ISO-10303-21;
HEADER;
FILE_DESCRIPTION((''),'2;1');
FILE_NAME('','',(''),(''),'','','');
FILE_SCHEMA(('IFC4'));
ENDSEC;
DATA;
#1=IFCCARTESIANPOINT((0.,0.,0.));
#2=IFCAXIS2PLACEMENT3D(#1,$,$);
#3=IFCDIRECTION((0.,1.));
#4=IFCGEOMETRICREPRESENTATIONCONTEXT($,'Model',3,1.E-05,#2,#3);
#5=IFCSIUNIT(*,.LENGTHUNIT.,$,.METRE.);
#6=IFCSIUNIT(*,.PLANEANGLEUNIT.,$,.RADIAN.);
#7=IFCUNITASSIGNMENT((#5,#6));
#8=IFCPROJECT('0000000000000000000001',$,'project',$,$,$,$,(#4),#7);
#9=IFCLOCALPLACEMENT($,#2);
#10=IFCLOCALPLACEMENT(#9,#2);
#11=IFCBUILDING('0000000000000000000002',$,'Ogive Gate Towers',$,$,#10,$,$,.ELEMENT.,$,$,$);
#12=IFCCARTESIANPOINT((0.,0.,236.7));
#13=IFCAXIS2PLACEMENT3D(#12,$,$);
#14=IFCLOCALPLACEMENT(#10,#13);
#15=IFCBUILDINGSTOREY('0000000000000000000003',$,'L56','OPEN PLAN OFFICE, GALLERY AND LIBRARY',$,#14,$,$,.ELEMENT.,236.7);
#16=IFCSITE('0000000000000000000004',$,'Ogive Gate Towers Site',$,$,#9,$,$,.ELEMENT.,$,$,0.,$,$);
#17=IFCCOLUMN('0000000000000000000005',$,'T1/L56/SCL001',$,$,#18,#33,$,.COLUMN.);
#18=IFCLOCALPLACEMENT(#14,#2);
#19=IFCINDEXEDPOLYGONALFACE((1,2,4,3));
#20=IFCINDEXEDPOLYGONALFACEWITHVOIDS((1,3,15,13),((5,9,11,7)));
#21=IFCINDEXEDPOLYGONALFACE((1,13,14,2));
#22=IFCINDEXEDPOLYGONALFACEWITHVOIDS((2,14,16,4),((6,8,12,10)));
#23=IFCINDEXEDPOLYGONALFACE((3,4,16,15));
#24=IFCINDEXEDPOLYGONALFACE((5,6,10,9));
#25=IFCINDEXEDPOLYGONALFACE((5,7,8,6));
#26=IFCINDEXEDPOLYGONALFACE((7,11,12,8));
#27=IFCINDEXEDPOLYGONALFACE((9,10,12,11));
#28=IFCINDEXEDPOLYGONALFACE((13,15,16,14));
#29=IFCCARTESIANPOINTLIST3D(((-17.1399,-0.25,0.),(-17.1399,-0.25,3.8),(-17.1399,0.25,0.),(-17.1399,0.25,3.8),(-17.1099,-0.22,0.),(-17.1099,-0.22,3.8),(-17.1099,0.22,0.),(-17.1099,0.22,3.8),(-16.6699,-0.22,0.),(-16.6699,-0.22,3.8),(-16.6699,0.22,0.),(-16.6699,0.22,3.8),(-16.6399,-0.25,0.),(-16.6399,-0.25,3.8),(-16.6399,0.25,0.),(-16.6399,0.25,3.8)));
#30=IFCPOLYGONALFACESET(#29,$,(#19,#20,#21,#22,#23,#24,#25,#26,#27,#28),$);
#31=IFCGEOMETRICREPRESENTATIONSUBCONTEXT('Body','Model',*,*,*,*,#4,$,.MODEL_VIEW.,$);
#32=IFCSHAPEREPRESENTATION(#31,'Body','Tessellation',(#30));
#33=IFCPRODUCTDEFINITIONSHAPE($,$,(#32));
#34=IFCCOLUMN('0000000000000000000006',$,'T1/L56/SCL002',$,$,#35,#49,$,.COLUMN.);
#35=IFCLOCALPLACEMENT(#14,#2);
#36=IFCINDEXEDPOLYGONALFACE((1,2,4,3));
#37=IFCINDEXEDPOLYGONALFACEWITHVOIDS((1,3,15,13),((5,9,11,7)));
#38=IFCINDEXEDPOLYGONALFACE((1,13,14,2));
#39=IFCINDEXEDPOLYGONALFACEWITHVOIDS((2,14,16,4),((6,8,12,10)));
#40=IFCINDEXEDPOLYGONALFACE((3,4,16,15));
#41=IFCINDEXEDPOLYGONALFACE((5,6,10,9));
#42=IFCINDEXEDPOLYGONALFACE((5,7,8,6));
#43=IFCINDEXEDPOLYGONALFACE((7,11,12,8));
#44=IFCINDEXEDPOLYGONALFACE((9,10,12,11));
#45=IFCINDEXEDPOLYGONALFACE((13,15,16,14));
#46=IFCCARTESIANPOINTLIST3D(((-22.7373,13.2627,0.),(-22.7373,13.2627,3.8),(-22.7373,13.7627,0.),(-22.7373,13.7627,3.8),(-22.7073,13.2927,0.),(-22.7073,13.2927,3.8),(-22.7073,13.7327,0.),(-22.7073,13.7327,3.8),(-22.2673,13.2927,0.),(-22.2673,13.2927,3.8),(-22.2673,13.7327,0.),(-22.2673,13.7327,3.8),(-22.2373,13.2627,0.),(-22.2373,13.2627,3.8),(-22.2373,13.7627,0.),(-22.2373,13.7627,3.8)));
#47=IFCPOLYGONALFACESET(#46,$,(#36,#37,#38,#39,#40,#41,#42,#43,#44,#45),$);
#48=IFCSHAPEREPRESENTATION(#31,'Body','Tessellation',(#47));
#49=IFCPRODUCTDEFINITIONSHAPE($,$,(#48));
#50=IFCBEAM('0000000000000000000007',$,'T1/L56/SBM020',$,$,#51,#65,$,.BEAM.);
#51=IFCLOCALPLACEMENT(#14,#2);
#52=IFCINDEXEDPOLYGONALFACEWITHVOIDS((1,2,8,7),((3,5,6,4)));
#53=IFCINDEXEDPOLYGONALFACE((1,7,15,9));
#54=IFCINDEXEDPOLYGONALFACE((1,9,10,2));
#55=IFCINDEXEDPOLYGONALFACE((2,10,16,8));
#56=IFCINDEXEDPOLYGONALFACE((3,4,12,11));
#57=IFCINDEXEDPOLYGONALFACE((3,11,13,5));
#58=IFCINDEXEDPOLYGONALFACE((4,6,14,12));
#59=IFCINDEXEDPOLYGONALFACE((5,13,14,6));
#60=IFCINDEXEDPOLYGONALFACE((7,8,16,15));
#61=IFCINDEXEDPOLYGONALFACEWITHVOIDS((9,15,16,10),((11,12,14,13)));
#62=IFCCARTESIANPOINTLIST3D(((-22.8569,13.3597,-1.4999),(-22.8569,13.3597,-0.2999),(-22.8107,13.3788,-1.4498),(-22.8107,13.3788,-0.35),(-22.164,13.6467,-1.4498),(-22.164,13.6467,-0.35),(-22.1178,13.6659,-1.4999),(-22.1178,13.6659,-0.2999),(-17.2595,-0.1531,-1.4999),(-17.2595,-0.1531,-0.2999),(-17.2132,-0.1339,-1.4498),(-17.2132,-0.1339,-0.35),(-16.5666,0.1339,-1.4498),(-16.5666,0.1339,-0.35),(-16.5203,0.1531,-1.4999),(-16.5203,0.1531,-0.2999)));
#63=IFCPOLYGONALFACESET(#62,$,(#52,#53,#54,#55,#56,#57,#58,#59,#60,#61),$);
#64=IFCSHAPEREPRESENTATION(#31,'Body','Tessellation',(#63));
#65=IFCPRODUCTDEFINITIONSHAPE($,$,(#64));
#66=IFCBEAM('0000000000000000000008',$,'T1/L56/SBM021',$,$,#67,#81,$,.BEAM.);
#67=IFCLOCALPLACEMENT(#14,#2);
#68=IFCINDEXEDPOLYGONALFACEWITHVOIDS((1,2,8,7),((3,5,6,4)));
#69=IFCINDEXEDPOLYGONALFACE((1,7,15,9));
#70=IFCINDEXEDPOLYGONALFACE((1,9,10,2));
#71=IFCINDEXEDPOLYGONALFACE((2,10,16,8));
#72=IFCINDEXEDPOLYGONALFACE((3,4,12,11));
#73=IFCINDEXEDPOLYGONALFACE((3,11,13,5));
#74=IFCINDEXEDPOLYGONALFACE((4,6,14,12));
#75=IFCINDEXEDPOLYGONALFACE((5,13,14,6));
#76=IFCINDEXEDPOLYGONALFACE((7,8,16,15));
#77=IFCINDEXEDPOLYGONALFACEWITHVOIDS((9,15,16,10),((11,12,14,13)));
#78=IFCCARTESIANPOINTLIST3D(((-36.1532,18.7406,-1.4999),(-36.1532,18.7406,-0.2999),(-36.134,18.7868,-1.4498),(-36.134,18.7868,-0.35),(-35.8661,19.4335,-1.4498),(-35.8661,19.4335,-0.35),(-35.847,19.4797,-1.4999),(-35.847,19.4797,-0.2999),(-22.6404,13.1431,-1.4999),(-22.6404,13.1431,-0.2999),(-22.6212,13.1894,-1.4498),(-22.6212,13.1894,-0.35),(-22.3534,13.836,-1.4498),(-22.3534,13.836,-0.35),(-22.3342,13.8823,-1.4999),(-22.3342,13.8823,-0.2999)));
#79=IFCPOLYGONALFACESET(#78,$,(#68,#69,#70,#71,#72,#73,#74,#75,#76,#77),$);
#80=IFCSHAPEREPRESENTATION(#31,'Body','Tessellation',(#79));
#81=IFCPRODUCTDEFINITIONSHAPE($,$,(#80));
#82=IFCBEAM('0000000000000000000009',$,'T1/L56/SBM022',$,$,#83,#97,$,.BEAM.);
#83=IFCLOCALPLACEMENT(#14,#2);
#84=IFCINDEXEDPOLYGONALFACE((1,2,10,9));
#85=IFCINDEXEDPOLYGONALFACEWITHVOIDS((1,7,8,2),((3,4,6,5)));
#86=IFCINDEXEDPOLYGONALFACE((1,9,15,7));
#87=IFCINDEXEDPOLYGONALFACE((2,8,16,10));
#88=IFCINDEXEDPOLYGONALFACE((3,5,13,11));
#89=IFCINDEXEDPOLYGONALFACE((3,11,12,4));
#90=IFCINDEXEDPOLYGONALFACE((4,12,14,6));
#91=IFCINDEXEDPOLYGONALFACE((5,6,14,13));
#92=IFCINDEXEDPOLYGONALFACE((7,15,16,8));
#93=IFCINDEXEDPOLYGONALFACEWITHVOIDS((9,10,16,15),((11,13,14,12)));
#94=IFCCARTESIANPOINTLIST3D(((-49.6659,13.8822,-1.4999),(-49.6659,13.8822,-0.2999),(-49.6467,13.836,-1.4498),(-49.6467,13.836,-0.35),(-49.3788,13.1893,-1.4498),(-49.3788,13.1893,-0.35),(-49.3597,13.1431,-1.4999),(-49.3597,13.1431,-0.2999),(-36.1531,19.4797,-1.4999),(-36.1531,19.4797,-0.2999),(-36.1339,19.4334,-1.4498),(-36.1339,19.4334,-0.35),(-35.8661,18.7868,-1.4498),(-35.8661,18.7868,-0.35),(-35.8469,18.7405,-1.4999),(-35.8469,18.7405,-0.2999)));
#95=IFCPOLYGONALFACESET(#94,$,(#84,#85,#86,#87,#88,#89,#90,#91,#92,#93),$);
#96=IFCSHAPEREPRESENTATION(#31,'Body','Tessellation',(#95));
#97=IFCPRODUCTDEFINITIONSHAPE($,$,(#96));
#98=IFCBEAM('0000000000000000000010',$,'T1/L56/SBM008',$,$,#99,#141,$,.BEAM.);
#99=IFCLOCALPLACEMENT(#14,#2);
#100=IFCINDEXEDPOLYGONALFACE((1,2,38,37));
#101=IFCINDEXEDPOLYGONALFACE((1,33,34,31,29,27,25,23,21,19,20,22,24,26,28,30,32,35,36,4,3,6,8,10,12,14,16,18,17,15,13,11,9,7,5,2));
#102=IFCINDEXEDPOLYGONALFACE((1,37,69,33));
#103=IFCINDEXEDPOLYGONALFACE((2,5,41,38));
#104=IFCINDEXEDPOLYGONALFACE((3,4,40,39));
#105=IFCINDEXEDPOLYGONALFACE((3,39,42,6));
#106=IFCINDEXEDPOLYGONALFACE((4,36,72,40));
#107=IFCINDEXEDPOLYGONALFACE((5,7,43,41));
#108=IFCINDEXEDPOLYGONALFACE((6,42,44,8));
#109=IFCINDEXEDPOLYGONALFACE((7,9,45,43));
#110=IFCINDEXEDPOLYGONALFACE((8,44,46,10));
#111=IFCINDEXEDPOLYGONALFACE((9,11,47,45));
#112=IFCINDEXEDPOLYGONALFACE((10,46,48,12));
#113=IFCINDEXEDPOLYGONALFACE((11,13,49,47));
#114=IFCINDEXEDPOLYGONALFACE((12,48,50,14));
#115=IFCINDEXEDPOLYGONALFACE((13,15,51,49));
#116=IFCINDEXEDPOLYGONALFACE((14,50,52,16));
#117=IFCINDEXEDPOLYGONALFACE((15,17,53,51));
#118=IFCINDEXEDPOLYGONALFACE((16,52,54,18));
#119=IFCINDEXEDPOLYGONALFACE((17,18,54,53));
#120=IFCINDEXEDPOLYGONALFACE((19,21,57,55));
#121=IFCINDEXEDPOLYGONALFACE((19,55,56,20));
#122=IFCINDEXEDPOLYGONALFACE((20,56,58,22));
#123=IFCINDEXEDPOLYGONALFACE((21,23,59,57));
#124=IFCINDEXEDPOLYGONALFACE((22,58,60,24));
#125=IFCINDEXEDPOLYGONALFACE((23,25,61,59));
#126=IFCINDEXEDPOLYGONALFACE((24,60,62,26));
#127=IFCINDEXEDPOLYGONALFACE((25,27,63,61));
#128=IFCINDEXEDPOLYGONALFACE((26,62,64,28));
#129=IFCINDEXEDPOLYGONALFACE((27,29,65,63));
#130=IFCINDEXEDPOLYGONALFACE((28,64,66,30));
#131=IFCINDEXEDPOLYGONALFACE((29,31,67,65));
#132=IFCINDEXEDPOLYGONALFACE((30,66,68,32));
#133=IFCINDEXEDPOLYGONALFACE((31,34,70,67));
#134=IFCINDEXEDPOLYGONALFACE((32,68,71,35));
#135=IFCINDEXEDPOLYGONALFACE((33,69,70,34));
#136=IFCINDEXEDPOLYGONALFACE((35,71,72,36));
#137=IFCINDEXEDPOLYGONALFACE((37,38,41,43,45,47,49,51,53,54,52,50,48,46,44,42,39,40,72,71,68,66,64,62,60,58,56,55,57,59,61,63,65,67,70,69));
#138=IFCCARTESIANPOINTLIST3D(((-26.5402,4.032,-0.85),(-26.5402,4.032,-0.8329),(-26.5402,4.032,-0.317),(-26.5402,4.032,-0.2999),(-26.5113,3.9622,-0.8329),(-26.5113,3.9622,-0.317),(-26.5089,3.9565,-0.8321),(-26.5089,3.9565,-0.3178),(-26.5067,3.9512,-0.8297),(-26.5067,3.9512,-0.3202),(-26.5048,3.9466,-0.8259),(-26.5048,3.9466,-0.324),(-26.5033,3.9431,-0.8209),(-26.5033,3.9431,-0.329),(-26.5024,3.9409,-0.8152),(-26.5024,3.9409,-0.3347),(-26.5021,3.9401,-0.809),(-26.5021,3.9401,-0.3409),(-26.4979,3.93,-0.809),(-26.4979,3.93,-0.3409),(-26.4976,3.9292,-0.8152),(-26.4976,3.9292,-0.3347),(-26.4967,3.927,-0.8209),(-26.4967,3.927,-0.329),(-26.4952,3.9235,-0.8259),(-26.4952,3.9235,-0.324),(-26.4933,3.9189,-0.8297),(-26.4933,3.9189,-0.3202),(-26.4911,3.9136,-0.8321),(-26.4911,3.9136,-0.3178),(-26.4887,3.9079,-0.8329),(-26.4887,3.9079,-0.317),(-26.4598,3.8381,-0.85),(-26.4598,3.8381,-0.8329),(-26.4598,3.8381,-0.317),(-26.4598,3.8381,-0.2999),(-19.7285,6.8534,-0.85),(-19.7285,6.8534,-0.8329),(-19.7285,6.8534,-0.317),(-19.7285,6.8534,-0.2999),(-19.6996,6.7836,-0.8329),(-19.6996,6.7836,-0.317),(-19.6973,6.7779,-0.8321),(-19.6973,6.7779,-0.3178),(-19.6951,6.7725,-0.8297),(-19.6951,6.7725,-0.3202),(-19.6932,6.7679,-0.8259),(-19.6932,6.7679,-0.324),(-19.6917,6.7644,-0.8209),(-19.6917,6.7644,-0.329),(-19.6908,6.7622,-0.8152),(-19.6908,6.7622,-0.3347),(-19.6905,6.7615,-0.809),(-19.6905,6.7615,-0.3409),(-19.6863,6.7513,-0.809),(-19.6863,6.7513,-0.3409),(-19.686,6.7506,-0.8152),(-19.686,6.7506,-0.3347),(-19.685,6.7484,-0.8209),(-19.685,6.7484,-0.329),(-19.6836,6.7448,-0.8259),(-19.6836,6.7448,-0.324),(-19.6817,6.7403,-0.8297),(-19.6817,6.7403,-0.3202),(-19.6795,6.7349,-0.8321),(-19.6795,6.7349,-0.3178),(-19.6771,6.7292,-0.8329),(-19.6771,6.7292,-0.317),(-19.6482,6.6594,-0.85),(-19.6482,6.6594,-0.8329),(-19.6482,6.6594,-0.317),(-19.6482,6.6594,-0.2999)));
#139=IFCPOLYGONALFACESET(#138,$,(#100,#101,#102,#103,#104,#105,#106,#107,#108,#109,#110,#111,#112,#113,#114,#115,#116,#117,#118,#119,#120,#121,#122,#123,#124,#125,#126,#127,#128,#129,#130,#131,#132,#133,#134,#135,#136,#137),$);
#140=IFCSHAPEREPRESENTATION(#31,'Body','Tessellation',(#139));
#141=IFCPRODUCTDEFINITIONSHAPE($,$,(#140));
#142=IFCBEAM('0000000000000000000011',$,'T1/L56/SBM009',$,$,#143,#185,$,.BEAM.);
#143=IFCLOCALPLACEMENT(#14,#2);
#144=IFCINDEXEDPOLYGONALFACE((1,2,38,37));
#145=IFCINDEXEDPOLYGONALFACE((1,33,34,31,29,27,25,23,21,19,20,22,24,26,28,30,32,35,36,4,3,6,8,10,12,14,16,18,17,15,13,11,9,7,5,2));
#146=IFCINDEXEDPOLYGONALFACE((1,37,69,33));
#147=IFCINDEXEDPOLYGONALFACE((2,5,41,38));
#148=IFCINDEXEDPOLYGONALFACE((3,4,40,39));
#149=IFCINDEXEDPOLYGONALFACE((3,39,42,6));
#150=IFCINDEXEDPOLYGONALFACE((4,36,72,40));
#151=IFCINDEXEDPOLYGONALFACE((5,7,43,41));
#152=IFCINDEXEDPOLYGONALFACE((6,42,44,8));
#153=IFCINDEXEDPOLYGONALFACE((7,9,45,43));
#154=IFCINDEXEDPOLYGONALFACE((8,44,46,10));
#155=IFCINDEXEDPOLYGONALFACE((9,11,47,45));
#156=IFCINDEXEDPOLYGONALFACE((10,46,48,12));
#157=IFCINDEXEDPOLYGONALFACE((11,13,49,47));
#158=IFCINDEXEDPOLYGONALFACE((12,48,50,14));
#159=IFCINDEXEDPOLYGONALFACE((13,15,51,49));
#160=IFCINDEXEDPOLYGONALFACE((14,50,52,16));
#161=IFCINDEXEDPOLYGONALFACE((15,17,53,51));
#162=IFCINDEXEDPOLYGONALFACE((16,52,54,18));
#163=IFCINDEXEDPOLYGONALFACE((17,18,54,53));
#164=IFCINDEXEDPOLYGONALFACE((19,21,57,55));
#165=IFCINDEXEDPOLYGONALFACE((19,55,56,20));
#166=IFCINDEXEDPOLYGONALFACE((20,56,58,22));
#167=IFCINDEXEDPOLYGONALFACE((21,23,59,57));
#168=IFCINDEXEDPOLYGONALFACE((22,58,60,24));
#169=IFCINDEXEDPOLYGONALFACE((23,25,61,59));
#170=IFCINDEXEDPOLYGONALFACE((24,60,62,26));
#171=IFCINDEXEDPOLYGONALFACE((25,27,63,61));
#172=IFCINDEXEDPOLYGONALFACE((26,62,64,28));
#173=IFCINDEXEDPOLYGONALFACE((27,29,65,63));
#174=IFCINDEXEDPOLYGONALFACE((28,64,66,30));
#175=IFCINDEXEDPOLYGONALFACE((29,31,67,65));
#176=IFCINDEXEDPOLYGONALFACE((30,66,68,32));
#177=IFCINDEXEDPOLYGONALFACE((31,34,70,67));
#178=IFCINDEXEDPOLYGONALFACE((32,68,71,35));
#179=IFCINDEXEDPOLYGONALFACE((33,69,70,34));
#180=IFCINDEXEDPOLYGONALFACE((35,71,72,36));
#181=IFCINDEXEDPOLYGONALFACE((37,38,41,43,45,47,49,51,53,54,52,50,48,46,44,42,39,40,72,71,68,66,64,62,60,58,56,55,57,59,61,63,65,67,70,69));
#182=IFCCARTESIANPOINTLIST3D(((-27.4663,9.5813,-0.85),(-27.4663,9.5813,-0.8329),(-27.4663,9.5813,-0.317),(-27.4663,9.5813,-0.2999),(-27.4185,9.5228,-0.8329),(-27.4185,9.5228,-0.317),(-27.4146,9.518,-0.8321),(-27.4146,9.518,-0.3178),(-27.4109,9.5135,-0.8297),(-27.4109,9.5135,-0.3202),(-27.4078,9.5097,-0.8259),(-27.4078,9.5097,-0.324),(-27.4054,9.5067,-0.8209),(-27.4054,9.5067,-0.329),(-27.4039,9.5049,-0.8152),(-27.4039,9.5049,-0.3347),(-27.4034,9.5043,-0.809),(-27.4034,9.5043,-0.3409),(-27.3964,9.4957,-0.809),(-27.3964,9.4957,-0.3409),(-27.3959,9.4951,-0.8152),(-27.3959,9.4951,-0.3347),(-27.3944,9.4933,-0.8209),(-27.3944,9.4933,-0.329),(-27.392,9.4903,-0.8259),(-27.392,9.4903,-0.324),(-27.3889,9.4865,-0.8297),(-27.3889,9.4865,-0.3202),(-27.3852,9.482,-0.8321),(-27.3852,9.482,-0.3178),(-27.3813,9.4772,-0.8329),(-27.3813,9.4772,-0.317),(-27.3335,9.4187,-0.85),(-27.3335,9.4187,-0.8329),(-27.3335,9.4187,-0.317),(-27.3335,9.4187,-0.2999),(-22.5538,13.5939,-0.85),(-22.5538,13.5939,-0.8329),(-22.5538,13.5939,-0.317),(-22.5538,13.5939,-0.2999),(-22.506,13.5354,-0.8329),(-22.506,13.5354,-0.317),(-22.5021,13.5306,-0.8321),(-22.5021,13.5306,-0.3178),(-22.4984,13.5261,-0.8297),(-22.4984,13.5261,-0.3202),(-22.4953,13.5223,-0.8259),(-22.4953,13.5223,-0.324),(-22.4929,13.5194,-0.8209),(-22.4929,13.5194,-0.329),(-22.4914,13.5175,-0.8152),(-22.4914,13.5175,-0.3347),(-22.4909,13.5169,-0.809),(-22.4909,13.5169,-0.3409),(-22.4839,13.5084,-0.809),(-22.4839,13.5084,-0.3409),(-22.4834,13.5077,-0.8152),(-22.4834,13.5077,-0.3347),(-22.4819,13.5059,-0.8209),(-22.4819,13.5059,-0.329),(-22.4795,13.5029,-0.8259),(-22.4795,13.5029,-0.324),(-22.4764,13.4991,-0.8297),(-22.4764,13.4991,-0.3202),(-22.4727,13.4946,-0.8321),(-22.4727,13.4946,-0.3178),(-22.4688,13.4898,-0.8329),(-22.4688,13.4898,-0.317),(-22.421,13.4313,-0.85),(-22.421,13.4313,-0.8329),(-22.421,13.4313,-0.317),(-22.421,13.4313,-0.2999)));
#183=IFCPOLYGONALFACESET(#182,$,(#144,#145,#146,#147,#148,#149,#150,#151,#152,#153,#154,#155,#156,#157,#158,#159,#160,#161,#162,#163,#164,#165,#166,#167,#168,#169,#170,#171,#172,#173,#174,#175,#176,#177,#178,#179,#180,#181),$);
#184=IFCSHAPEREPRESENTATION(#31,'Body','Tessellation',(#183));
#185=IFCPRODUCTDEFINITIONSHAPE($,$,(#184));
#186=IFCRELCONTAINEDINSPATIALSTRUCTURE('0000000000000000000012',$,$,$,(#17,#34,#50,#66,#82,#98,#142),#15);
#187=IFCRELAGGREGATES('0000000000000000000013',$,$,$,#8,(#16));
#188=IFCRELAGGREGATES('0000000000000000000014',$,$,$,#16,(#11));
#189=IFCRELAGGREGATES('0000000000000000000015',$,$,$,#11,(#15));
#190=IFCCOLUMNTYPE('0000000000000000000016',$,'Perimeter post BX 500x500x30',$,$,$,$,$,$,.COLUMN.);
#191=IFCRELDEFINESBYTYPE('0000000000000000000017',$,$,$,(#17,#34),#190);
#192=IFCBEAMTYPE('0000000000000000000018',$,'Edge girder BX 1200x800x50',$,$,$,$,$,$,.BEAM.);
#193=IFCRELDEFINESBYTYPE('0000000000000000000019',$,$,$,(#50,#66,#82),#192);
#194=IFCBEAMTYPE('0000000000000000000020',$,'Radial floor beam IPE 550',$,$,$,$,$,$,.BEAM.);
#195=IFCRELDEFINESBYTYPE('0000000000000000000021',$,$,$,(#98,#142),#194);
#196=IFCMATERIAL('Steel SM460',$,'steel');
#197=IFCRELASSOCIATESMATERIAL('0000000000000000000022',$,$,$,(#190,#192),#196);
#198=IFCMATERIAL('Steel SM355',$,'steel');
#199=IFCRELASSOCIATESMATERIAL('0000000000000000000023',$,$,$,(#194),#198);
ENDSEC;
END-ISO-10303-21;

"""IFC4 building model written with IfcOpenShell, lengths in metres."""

from ifc_helpers import new_model, si_unit, direction, frame, origin, origin_2d, place, context, subcontext, project, spatial, hollow_rectangle, i_section, extrude, material, material_profile, profile_set, type_object, element, save


model = new_model("IFC4")

# Units and contexts
model_context = context("Model", 3, precision=1e-05, world=origin(), true_north=direction((0.0, 1.0)))
body_context = subcontext(model_context, "Body", "Model", "MODEL_VIEW")
ifc_project = project(units=[si_unit("LENGTHUNIT", "METRE"), si_unit("PLANEANGLEUNIT", "RADIAN")], contexts=[model_context])

# Site, building, storey
site_placement = place(None, origin())
site = spatial("IfcSite", under=ifc_project, at=site_placement, Name="Ogive Gate Towers Site", CompositionType="ELEMENT", RefElevation=0.0)
building_placement = place(site_placement, origin())
building = spatial("IfcBuilding", under=site, at=building_placement, Name="Ogive Gate Towers", CompositionType="ELEMENT")
storey_placement = place(building_placement, frame((0.0, 0.0, 236.7)))
storey = spatial("IfcBuildingStorey", under=building, at=storey_placement, Name="L56", Description="OPEN PLAN OFFICE, GALLERY AND LIBRARY", CompositionType="ELEMENT", Elevation=236.7)

# Columns
ifc_material_1 = material(Name="Steel SM460", Category="steel")
ifc_material_profile_1 = material_profile(ifc_material_1, hollow_rectangle(XDim=0.5, YDim=0.5, WallThickness=0.03, at=origin_2d()), Name="BX 500x500x30")
ifc_profile_set_1 = profile_set([ifc_material_profile_1], Name="Steel SM460")
column_type = type_object("IfcColumnType", Name="Perimeter post BX 500x500x30", PredefinedType="COLUMN", material=ifc_profile_set_1)
for number, where, z_axis, x_axis, name in (
    (1, (-16.8899, 0.0, 0.0), (0.0, 0.0, 1.0), (1.0, 0.0, 0.0), "T1/L56/SCL001"),
    (2, (-22.4873, 13.5127, 0.0), (0.0, 0.0, 1.0), (1.0, 0.0, 0.0), "T1/L56/SCL002"),
):
    element("IfcColumn", number, at=place(storey_placement, frame(where, z_axis=z_axis, x_axis=x_axis)), inside=storey, type_object=column_type, Name=name, PredefinedType="COLUMN", context=body_context, shape_type="SweptSolid", body=[
        extrude(hollow_rectangle(XDim=0.5, YDim=0.5, WallThickness=0.03, at=origin_2d()), origin(), (0.0, 0.0, 1.0), 3.8),
    ])

# Beams
ifc_material_profile_2 = material_profile(ifc_material_1, hollow_rectangle(XDim=0.8, YDim=1.2, WallThickness=0.05, at=origin_2d()), Name="BX 1200x800x50")
ifc_profile_set_2 = profile_set([ifc_material_profile_2], Name="Steel SM460")
beam_type_1 = type_object("IfcBeamType", Name="Edge girder BX 1200x800x50", PredefinedType="BEAM", material=ifc_profile_set_2)
for number, where, z_axis, x_axis, name in (
    (3, (-16.8899, 0.0, -0.8999), (-0.382699, 0.923873, 0.0), (-0.923873, -0.382699, 0.0), "T1/L56/SBM020"),
    (4, (-22.4873, 13.5127, -0.8999), (-0.923873, 0.382699, 0.0), (-0.382699, -0.923873, 0.0), "T1/L56/SBM021"),
    (5, (-36.0, 19.1101, -0.8999), (-0.923873, -0.382699, 0.0), (0.382699, -0.923873, 0.0), "T1/L56/SBM022"),
):
    element("IfcBeam", number, at=place(storey_placement, frame(where, z_axis=z_axis, x_axis=x_axis)), inside=storey, type_object=beam_type_1, Name=name, PredefinedType="BEAM", context=body_context, shape_type="SweptSolid", body=[
        extrude(hollow_rectangle(XDim=0.8, YDim=1.2, WallThickness=0.05, at=origin_2d()), origin(), (0.0, 0.0, 1.0), 14.6262),
    ])
ifc_material_2 = material(Name="Steel SM355", Category="steel")
ifc_material_profile_3 = material_profile(ifc_material_2, i_section(OverallWidth=0.21, OverallDepth=0.55, WebThickness=0.011, FlangeThickness=0.0171, FilletRadius=0.0239, at=origin_2d()), Name="IPE 550")
ifc_profile_set_3 = profile_set([ifc_material_profile_3], Name="Steel SM355")
beam_type_2 = type_object("IfcBeamType", Name="Radial floor beam IPE 550", PredefinedType="BEAM", material=ifc_profile_set_3)
beam_1_placement = place(storey_placement, frame((-26.5, 3.9351, -0.575), z_axis=(0.923886, 0.382668, 0.0), x_axis=(-0.382668, 0.923886, 0.0)))
element("IfcBeam", 6, at=beam_1_placement, inside=storey, type_object=beam_type_2, Name="T1/L56/SBM008", PredefinedType="BEAM", context=body_context, shape_type="SweptSolid", body=[
    extrude(i_section(OverallWidth=0.21, OverallDepth=0.55, WebThickness=0.011, FlangeThickness=0.0171, FilletRadius=0.0239, at=origin_2d()), origin(), (0.0, 0.0, 1.0), 7.3728),
])
beam_2_placement = place(storey_placement, frame((-27.3999, 9.5, -0.575), z_axis=(0.774475, 0.632605, 0.0), x_axis=(-0.632605, 0.774475, 0.0)))
element("IfcBeam", 7, at=beam_2_placement, inside=storey, type_object=beam_type_2, Name="T1/L56/SBM009", PredefinedType="BEAM", context=body_context, shape_type="SweptSolid", body=[
    extrude(i_section(OverallWidth=0.21, OverallDepth=0.55, WebThickness=0.011, FlangeThickness=0.0171, FilletRadius=0.0239, at=origin_2d()), origin(), (0.0, 0.0, 1.0), 6.343),
])

save(model, "model.ifc")
